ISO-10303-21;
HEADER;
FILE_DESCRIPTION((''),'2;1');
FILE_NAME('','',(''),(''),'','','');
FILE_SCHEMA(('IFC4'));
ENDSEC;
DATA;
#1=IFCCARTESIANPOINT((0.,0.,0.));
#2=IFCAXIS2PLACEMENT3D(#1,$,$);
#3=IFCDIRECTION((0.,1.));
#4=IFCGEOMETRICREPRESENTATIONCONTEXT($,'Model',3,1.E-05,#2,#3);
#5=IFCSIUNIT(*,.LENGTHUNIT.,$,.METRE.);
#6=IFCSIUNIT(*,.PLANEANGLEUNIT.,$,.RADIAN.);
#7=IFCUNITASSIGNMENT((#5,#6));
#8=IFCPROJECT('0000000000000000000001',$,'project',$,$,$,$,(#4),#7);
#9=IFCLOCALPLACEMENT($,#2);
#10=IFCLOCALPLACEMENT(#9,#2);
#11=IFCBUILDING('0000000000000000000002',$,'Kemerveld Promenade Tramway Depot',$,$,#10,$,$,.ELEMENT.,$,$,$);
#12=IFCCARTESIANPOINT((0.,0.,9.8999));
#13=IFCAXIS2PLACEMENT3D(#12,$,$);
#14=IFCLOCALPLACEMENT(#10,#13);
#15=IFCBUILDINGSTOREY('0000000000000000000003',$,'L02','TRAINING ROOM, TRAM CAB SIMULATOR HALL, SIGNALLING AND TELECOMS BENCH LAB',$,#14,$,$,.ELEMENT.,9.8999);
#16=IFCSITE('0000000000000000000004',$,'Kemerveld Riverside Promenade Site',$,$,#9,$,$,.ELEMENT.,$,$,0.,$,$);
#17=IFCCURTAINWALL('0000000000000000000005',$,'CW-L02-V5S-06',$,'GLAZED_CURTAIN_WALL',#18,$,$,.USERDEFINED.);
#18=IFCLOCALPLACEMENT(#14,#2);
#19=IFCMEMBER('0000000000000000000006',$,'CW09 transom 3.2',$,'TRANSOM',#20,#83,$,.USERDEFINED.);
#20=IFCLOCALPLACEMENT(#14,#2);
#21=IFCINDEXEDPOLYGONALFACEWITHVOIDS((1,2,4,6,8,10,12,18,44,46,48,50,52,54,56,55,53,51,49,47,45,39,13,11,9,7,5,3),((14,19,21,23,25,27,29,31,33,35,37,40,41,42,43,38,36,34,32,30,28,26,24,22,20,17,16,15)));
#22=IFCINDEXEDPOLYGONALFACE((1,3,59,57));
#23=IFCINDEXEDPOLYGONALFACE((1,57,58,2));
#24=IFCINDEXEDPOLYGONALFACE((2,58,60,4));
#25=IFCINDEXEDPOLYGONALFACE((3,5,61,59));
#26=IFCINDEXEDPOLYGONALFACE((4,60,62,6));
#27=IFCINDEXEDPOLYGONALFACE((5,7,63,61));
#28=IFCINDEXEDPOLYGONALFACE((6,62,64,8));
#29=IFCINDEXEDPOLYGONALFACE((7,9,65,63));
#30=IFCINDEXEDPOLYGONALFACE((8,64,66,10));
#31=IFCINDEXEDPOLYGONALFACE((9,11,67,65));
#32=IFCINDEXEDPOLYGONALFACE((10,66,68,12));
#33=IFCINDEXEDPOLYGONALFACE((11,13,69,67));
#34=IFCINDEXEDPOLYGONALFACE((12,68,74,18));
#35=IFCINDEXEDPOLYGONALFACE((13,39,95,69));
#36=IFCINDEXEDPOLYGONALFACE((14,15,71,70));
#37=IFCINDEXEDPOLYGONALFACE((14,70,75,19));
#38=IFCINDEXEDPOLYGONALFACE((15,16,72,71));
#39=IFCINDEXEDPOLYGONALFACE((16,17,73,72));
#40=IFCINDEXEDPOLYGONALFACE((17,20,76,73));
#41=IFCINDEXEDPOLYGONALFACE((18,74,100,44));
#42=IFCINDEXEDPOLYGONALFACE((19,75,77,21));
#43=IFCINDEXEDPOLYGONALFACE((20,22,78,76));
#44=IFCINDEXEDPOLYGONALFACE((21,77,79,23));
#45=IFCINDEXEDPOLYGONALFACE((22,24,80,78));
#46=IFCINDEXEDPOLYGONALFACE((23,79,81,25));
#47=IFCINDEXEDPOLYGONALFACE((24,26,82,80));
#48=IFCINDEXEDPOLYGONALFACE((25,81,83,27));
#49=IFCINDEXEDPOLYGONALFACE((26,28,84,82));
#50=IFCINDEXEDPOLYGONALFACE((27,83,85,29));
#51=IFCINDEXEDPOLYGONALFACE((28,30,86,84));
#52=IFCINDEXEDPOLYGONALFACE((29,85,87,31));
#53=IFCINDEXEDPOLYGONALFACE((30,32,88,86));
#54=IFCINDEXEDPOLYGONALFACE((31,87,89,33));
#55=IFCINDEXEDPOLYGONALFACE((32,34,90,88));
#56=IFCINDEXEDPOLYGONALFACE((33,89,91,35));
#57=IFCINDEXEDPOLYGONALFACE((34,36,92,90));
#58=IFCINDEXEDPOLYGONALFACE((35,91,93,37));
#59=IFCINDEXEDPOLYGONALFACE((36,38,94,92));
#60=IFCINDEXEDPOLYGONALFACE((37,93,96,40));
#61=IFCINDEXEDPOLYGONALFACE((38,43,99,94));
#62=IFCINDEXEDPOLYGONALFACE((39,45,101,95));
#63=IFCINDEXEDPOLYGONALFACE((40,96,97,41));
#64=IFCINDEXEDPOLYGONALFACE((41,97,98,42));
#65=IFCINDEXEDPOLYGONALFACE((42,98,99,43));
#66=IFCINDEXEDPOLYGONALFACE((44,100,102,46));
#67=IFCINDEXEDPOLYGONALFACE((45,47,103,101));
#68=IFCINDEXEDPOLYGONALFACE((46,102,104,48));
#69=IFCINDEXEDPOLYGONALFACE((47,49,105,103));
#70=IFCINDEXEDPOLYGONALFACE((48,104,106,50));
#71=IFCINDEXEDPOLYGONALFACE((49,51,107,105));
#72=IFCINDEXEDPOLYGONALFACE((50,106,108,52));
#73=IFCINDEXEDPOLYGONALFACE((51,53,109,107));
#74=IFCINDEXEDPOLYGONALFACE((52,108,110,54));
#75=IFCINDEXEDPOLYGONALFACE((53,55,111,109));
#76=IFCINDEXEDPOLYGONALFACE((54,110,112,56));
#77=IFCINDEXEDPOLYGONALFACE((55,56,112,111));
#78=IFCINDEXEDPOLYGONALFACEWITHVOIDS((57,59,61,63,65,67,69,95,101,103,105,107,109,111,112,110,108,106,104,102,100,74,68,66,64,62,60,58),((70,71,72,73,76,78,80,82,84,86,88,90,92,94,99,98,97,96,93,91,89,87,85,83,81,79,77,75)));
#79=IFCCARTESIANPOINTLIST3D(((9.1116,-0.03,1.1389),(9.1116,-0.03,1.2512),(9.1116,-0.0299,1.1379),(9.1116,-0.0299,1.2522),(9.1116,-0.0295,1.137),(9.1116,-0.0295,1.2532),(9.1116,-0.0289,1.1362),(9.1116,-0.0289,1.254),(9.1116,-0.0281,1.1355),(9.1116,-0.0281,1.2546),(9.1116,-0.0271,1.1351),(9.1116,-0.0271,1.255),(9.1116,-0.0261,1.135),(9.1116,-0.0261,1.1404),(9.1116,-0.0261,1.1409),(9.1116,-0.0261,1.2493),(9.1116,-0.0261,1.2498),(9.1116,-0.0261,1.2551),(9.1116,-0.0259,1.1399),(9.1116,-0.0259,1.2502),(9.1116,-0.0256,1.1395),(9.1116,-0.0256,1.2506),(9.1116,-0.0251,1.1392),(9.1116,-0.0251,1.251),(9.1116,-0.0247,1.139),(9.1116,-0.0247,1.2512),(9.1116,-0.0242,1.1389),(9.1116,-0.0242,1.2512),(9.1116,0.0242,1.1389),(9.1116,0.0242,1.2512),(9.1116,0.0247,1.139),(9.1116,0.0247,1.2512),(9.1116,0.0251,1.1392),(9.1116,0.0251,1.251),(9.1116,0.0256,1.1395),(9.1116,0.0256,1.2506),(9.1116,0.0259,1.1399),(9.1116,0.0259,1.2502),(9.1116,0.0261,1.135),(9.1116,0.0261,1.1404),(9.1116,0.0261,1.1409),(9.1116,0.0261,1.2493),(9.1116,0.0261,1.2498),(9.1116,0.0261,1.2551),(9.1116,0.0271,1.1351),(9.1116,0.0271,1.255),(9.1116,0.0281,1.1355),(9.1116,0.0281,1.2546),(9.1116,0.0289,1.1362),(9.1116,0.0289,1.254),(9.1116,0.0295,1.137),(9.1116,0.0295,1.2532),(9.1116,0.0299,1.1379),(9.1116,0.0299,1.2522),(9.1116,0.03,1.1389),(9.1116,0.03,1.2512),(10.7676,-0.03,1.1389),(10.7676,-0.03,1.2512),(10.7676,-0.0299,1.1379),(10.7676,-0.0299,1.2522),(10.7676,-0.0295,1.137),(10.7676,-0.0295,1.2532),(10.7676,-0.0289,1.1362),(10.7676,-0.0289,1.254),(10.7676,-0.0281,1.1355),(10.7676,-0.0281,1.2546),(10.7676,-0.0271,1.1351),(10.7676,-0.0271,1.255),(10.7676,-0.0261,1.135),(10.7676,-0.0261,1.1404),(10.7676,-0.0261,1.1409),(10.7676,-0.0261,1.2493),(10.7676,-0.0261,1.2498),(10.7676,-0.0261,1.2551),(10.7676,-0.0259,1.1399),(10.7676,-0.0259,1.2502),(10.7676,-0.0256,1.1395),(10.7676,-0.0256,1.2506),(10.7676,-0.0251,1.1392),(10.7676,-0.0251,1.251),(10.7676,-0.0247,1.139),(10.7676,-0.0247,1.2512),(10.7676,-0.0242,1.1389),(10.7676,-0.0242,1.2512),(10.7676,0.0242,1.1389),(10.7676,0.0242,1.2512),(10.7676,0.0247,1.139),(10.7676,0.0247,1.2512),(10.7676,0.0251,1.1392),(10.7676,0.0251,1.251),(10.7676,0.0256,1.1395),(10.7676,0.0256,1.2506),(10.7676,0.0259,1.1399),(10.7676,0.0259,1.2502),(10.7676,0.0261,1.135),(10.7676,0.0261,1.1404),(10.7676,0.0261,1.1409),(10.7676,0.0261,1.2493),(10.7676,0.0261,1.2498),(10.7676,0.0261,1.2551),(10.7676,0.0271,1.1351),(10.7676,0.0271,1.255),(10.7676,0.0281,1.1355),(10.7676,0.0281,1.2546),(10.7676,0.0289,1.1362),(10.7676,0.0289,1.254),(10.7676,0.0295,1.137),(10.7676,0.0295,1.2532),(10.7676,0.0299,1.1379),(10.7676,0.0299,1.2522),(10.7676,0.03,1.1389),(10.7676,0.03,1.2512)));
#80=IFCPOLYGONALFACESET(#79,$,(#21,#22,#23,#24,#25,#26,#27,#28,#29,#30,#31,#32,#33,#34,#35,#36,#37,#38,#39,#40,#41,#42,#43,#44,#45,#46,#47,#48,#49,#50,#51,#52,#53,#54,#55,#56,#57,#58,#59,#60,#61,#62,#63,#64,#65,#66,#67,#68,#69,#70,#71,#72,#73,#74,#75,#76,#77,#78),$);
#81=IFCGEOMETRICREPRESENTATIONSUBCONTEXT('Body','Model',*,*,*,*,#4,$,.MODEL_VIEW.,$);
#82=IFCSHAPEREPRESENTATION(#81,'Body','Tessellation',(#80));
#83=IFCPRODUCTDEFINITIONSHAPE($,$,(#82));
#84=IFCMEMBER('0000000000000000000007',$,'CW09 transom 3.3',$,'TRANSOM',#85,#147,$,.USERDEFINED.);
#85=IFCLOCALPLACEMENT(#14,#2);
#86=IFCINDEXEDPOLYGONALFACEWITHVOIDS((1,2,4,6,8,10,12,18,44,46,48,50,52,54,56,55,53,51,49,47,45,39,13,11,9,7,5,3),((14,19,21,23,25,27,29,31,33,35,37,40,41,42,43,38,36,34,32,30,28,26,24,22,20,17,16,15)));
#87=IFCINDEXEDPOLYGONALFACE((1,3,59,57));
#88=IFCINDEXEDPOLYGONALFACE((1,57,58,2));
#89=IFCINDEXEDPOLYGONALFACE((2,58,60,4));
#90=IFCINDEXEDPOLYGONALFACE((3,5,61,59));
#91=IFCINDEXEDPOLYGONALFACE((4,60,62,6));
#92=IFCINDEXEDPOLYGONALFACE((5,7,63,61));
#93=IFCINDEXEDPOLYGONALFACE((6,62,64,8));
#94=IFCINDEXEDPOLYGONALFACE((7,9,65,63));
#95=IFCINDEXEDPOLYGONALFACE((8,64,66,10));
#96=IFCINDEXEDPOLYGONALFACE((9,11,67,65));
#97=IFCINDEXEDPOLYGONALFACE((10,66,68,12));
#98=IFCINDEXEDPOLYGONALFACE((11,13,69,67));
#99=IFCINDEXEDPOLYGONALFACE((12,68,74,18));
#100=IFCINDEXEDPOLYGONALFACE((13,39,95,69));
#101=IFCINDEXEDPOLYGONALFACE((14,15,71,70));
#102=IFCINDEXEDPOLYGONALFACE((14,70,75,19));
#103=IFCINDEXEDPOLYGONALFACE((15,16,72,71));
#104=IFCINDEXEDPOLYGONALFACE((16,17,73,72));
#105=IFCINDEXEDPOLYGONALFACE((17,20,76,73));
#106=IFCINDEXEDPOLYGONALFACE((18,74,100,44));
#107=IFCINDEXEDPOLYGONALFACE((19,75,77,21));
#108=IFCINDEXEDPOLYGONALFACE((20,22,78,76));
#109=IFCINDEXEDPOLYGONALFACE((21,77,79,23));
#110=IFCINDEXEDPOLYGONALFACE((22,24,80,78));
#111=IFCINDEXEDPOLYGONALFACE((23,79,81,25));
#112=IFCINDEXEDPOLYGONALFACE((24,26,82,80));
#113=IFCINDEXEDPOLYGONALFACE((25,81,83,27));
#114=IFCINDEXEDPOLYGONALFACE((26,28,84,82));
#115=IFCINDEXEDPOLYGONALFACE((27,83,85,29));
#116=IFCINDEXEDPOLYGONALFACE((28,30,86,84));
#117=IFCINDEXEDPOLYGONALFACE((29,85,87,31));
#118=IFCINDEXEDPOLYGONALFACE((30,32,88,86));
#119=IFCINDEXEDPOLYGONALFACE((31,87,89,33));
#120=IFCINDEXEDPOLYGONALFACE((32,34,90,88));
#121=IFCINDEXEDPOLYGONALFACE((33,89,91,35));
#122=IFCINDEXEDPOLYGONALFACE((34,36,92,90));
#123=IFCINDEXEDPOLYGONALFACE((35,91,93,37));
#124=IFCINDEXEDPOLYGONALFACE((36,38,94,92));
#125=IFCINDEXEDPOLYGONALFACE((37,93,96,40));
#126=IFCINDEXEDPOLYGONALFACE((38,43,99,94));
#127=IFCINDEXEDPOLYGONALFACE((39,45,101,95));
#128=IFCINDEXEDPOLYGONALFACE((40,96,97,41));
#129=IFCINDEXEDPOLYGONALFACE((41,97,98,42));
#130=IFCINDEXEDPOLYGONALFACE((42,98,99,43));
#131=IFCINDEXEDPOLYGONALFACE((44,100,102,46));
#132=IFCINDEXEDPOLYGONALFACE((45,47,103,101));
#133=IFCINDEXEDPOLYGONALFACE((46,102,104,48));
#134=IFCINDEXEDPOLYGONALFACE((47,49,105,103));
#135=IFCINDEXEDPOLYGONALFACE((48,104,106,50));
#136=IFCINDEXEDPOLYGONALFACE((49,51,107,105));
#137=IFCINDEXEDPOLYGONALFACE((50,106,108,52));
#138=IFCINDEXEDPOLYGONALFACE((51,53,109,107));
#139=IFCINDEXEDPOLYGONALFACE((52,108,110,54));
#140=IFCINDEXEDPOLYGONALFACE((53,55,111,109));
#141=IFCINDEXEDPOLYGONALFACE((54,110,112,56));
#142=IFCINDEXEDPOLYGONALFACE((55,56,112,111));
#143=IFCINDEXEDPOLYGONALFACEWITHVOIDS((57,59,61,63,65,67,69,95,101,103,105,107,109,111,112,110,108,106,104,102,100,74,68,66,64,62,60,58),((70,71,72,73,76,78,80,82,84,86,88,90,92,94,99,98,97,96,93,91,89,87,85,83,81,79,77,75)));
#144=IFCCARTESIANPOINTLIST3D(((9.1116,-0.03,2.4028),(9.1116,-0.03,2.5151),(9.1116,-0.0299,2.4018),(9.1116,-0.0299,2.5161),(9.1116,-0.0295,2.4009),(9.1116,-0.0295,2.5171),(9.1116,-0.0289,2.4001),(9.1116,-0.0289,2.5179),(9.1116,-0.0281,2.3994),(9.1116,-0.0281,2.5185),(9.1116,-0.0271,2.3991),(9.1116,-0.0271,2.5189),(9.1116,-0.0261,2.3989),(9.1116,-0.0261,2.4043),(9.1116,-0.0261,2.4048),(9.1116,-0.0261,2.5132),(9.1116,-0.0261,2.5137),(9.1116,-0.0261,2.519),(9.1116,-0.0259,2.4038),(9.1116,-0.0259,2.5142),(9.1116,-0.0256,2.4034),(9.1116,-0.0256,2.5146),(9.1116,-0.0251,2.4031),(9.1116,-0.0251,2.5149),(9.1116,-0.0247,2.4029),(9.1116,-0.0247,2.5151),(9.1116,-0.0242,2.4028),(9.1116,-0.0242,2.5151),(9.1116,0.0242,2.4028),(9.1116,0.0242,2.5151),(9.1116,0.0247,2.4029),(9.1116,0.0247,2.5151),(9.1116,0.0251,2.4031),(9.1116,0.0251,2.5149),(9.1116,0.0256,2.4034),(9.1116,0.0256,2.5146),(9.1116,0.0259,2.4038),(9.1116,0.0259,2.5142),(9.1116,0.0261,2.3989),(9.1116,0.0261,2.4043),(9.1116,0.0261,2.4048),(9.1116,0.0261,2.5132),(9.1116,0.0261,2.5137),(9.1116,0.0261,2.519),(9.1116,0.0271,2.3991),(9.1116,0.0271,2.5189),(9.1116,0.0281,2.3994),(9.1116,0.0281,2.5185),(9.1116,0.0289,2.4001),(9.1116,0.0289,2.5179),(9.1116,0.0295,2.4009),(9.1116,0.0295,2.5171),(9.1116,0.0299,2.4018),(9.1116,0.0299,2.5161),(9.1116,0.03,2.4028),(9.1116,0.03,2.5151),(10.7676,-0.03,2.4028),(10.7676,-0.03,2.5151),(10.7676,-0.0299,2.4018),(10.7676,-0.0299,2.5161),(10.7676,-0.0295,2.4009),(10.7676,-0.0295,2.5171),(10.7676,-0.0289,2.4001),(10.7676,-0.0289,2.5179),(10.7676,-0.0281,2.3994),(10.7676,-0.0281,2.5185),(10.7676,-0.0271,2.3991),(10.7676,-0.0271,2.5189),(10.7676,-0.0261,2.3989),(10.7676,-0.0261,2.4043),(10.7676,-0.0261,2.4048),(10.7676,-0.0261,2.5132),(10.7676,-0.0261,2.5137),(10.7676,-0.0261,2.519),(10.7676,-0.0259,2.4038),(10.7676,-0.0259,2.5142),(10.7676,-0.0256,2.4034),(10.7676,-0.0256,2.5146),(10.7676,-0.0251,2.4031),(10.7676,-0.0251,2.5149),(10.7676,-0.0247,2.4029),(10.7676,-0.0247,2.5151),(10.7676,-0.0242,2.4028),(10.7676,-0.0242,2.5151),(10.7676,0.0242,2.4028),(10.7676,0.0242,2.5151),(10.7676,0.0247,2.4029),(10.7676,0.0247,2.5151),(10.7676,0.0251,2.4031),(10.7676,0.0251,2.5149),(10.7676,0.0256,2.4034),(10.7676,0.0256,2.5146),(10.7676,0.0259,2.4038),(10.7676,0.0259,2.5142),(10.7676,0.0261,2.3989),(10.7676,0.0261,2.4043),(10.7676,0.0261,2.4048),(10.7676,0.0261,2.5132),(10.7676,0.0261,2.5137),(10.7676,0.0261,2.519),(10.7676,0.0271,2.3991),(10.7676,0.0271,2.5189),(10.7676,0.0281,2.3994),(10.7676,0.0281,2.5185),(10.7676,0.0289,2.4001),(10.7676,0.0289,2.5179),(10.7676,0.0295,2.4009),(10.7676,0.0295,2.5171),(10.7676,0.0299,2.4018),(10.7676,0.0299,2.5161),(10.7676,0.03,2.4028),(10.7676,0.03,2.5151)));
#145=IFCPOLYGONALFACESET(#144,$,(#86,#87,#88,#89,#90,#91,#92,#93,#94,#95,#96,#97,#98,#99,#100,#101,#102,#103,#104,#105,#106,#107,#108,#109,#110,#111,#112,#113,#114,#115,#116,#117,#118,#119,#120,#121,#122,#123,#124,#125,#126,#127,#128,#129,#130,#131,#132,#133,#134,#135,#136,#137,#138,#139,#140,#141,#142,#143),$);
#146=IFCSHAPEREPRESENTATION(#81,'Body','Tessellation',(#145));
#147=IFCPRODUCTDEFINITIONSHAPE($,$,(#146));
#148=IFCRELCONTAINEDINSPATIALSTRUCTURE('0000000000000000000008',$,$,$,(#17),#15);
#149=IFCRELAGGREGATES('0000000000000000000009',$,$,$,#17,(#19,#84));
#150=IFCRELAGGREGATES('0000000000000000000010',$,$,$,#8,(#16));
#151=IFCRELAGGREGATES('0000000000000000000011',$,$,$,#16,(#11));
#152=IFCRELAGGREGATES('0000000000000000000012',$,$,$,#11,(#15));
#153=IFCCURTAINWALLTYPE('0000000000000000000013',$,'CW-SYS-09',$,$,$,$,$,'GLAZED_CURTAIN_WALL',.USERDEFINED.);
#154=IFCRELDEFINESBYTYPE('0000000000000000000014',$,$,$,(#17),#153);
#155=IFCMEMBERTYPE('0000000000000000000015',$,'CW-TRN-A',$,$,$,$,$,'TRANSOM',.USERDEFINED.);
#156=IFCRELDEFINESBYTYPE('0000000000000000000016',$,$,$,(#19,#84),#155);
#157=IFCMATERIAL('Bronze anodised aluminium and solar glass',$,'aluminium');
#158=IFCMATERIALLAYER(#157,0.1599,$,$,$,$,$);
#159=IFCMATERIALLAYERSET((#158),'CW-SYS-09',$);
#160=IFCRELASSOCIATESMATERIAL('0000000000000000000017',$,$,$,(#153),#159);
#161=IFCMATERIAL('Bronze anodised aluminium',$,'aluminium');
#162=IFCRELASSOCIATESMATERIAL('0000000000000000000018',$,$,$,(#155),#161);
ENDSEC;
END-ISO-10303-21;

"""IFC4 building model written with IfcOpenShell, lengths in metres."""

from ifc_helpers import new_model, si_unit, direction, frame, origin, origin_2d, place, context, subcontext, project, spatial, hollow_rectangle, extrude, material, layer, layer_set, material_profile, profile_set, type_object, element, aggregate, save


model = new_model("IFC4")

# Units and contexts
model_context = context("Model", 3, precision=1e-05, world=origin(), true_north=direction((0.0, 1.0)))
body_context = subcontext(model_context, "Body", "Model", "MODEL_VIEW")
ifc_project = project(units=[si_unit("LENGTHUNIT", "METRE"), si_unit("PLANEANGLEUNIT", "RADIAN")], contexts=[model_context])

# Site, building, storey
site_placement = place(None, origin())
site = spatial("IfcSite", under=ifc_project, at=site_placement, Name="Kemerveld Riverside Promenade Site", CompositionType="ELEMENT", RefElevation=0.0)
building_placement = place(site_placement, origin())
building = spatial("IfcBuilding", under=site, at=building_placement, Name="Kemerveld Promenade Tramway Depot", CompositionType="ELEMENT")
storey_placement = place(building_placement, frame((0.0, 0.0, 9.8999)))
storey = spatial("IfcBuildingStorey", under=building, at=storey_placement, Name="L02", Description="TRAINING ROOM, TRAM CAB SIMULATOR HALL, SIGNALLING AND TELECOMS BENCH LAB", CompositionType="ELEMENT", Elevation=9.8999)

# Curtain wall, members
ifc_material_1 = material(Name="Bronze anodised aluminium and solar glass", Category="aluminium")
ifc_layer_1 = layer(ifc_material_1, 0.1599)
ifc_layer_set_1 = layer_set([ifc_layer_1], Name="CW-SYS-09")
curtain_wall_type = type_object("IfcCurtainWallType", Name="CW-SYS-09", ElementType="GLAZED_CURTAIN_WALL", PredefinedType="USERDEFINED", material=ifc_layer_set_1)
curtain_wall_placement = place(storey_placement, origin())
curtain_wall = element("IfcCurtainWall", 1, at=curtain_wall_placement, inside=storey, type_object=curtain_wall_type, Name="CW-L02-V5S-06", ObjectType="GLAZED_CURTAIN_WALL", PredefinedType="USERDEFINED")
ifc_material_2 = material(Name="Bronze anodised aluminium", Category="aluminium")
ifc_material_profile_1 = material_profile(ifc_material_2, hollow_rectangle(XDim=0.0601, YDim=0.1201, WallThickness=0.0039, InnerFilletRadius=0.002, OuterFilletRadius=0.0039, at=origin_2d()), Name="CW-TRN-120x60")
ifc_profile_set_1 = profile_set([ifc_material_profile_1], Name="Bronze anodised aluminium")
member_type_1 = type_object("IfcMemberType", Name="CW-TRN-A", ElementType="TRANSOM", PredefinedType="USERDEFINED", material=ifc_profile_set_1)
member_1_placement = place(storey_placement, frame((10.7676, 0.0, 1.1951), z_axis=(-1.0, 0.0, 0.0), x_axis=(0.0, -1.0, 0.0)))
member_1 = element("IfcMember", 2, at=member_1_placement, type_object=member_type_1, Name="CW09 transom 3.2", ObjectType="TRANSOM", PredefinedType="USERDEFINED", context=body_context, shape_type="SweptSolid", body=[
    extrude(hollow_rectangle(XDim=0.0601, YDim=0.1201, WallThickness=0.0039, InnerFilletRadius=0.002, OuterFilletRadius=0.0039, at=origin_2d()), origin(), (0.0, 0.0, 1.0), 1.656),
])
member_2_placement = place(storey_placement, frame((10.7676, 0.0, 2.459), z_axis=(-1.0, 0.0, 0.0), x_axis=(0.0, -1.0, 0.0)))
member_2 = element("IfcMember", 3, at=member_2_placement, type_object=member_type_1, Name="CW09 transom 3.3", ObjectType="TRANSOM", PredefinedType="USERDEFINED", context=body_context, shape_type="SweptSolid", body=[
    extrude(hollow_rectangle(XDim=0.0601, YDim=0.1201, WallThickness=0.0039, InnerFilletRadius=0.002, OuterFilletRadius=0.0039, at=origin_2d()), origin(), (0.0, 0.0, 1.0), 1.656),
])
aggregate(curtain_wall, [member_1, member_2])

save(model, "model.ifc")
